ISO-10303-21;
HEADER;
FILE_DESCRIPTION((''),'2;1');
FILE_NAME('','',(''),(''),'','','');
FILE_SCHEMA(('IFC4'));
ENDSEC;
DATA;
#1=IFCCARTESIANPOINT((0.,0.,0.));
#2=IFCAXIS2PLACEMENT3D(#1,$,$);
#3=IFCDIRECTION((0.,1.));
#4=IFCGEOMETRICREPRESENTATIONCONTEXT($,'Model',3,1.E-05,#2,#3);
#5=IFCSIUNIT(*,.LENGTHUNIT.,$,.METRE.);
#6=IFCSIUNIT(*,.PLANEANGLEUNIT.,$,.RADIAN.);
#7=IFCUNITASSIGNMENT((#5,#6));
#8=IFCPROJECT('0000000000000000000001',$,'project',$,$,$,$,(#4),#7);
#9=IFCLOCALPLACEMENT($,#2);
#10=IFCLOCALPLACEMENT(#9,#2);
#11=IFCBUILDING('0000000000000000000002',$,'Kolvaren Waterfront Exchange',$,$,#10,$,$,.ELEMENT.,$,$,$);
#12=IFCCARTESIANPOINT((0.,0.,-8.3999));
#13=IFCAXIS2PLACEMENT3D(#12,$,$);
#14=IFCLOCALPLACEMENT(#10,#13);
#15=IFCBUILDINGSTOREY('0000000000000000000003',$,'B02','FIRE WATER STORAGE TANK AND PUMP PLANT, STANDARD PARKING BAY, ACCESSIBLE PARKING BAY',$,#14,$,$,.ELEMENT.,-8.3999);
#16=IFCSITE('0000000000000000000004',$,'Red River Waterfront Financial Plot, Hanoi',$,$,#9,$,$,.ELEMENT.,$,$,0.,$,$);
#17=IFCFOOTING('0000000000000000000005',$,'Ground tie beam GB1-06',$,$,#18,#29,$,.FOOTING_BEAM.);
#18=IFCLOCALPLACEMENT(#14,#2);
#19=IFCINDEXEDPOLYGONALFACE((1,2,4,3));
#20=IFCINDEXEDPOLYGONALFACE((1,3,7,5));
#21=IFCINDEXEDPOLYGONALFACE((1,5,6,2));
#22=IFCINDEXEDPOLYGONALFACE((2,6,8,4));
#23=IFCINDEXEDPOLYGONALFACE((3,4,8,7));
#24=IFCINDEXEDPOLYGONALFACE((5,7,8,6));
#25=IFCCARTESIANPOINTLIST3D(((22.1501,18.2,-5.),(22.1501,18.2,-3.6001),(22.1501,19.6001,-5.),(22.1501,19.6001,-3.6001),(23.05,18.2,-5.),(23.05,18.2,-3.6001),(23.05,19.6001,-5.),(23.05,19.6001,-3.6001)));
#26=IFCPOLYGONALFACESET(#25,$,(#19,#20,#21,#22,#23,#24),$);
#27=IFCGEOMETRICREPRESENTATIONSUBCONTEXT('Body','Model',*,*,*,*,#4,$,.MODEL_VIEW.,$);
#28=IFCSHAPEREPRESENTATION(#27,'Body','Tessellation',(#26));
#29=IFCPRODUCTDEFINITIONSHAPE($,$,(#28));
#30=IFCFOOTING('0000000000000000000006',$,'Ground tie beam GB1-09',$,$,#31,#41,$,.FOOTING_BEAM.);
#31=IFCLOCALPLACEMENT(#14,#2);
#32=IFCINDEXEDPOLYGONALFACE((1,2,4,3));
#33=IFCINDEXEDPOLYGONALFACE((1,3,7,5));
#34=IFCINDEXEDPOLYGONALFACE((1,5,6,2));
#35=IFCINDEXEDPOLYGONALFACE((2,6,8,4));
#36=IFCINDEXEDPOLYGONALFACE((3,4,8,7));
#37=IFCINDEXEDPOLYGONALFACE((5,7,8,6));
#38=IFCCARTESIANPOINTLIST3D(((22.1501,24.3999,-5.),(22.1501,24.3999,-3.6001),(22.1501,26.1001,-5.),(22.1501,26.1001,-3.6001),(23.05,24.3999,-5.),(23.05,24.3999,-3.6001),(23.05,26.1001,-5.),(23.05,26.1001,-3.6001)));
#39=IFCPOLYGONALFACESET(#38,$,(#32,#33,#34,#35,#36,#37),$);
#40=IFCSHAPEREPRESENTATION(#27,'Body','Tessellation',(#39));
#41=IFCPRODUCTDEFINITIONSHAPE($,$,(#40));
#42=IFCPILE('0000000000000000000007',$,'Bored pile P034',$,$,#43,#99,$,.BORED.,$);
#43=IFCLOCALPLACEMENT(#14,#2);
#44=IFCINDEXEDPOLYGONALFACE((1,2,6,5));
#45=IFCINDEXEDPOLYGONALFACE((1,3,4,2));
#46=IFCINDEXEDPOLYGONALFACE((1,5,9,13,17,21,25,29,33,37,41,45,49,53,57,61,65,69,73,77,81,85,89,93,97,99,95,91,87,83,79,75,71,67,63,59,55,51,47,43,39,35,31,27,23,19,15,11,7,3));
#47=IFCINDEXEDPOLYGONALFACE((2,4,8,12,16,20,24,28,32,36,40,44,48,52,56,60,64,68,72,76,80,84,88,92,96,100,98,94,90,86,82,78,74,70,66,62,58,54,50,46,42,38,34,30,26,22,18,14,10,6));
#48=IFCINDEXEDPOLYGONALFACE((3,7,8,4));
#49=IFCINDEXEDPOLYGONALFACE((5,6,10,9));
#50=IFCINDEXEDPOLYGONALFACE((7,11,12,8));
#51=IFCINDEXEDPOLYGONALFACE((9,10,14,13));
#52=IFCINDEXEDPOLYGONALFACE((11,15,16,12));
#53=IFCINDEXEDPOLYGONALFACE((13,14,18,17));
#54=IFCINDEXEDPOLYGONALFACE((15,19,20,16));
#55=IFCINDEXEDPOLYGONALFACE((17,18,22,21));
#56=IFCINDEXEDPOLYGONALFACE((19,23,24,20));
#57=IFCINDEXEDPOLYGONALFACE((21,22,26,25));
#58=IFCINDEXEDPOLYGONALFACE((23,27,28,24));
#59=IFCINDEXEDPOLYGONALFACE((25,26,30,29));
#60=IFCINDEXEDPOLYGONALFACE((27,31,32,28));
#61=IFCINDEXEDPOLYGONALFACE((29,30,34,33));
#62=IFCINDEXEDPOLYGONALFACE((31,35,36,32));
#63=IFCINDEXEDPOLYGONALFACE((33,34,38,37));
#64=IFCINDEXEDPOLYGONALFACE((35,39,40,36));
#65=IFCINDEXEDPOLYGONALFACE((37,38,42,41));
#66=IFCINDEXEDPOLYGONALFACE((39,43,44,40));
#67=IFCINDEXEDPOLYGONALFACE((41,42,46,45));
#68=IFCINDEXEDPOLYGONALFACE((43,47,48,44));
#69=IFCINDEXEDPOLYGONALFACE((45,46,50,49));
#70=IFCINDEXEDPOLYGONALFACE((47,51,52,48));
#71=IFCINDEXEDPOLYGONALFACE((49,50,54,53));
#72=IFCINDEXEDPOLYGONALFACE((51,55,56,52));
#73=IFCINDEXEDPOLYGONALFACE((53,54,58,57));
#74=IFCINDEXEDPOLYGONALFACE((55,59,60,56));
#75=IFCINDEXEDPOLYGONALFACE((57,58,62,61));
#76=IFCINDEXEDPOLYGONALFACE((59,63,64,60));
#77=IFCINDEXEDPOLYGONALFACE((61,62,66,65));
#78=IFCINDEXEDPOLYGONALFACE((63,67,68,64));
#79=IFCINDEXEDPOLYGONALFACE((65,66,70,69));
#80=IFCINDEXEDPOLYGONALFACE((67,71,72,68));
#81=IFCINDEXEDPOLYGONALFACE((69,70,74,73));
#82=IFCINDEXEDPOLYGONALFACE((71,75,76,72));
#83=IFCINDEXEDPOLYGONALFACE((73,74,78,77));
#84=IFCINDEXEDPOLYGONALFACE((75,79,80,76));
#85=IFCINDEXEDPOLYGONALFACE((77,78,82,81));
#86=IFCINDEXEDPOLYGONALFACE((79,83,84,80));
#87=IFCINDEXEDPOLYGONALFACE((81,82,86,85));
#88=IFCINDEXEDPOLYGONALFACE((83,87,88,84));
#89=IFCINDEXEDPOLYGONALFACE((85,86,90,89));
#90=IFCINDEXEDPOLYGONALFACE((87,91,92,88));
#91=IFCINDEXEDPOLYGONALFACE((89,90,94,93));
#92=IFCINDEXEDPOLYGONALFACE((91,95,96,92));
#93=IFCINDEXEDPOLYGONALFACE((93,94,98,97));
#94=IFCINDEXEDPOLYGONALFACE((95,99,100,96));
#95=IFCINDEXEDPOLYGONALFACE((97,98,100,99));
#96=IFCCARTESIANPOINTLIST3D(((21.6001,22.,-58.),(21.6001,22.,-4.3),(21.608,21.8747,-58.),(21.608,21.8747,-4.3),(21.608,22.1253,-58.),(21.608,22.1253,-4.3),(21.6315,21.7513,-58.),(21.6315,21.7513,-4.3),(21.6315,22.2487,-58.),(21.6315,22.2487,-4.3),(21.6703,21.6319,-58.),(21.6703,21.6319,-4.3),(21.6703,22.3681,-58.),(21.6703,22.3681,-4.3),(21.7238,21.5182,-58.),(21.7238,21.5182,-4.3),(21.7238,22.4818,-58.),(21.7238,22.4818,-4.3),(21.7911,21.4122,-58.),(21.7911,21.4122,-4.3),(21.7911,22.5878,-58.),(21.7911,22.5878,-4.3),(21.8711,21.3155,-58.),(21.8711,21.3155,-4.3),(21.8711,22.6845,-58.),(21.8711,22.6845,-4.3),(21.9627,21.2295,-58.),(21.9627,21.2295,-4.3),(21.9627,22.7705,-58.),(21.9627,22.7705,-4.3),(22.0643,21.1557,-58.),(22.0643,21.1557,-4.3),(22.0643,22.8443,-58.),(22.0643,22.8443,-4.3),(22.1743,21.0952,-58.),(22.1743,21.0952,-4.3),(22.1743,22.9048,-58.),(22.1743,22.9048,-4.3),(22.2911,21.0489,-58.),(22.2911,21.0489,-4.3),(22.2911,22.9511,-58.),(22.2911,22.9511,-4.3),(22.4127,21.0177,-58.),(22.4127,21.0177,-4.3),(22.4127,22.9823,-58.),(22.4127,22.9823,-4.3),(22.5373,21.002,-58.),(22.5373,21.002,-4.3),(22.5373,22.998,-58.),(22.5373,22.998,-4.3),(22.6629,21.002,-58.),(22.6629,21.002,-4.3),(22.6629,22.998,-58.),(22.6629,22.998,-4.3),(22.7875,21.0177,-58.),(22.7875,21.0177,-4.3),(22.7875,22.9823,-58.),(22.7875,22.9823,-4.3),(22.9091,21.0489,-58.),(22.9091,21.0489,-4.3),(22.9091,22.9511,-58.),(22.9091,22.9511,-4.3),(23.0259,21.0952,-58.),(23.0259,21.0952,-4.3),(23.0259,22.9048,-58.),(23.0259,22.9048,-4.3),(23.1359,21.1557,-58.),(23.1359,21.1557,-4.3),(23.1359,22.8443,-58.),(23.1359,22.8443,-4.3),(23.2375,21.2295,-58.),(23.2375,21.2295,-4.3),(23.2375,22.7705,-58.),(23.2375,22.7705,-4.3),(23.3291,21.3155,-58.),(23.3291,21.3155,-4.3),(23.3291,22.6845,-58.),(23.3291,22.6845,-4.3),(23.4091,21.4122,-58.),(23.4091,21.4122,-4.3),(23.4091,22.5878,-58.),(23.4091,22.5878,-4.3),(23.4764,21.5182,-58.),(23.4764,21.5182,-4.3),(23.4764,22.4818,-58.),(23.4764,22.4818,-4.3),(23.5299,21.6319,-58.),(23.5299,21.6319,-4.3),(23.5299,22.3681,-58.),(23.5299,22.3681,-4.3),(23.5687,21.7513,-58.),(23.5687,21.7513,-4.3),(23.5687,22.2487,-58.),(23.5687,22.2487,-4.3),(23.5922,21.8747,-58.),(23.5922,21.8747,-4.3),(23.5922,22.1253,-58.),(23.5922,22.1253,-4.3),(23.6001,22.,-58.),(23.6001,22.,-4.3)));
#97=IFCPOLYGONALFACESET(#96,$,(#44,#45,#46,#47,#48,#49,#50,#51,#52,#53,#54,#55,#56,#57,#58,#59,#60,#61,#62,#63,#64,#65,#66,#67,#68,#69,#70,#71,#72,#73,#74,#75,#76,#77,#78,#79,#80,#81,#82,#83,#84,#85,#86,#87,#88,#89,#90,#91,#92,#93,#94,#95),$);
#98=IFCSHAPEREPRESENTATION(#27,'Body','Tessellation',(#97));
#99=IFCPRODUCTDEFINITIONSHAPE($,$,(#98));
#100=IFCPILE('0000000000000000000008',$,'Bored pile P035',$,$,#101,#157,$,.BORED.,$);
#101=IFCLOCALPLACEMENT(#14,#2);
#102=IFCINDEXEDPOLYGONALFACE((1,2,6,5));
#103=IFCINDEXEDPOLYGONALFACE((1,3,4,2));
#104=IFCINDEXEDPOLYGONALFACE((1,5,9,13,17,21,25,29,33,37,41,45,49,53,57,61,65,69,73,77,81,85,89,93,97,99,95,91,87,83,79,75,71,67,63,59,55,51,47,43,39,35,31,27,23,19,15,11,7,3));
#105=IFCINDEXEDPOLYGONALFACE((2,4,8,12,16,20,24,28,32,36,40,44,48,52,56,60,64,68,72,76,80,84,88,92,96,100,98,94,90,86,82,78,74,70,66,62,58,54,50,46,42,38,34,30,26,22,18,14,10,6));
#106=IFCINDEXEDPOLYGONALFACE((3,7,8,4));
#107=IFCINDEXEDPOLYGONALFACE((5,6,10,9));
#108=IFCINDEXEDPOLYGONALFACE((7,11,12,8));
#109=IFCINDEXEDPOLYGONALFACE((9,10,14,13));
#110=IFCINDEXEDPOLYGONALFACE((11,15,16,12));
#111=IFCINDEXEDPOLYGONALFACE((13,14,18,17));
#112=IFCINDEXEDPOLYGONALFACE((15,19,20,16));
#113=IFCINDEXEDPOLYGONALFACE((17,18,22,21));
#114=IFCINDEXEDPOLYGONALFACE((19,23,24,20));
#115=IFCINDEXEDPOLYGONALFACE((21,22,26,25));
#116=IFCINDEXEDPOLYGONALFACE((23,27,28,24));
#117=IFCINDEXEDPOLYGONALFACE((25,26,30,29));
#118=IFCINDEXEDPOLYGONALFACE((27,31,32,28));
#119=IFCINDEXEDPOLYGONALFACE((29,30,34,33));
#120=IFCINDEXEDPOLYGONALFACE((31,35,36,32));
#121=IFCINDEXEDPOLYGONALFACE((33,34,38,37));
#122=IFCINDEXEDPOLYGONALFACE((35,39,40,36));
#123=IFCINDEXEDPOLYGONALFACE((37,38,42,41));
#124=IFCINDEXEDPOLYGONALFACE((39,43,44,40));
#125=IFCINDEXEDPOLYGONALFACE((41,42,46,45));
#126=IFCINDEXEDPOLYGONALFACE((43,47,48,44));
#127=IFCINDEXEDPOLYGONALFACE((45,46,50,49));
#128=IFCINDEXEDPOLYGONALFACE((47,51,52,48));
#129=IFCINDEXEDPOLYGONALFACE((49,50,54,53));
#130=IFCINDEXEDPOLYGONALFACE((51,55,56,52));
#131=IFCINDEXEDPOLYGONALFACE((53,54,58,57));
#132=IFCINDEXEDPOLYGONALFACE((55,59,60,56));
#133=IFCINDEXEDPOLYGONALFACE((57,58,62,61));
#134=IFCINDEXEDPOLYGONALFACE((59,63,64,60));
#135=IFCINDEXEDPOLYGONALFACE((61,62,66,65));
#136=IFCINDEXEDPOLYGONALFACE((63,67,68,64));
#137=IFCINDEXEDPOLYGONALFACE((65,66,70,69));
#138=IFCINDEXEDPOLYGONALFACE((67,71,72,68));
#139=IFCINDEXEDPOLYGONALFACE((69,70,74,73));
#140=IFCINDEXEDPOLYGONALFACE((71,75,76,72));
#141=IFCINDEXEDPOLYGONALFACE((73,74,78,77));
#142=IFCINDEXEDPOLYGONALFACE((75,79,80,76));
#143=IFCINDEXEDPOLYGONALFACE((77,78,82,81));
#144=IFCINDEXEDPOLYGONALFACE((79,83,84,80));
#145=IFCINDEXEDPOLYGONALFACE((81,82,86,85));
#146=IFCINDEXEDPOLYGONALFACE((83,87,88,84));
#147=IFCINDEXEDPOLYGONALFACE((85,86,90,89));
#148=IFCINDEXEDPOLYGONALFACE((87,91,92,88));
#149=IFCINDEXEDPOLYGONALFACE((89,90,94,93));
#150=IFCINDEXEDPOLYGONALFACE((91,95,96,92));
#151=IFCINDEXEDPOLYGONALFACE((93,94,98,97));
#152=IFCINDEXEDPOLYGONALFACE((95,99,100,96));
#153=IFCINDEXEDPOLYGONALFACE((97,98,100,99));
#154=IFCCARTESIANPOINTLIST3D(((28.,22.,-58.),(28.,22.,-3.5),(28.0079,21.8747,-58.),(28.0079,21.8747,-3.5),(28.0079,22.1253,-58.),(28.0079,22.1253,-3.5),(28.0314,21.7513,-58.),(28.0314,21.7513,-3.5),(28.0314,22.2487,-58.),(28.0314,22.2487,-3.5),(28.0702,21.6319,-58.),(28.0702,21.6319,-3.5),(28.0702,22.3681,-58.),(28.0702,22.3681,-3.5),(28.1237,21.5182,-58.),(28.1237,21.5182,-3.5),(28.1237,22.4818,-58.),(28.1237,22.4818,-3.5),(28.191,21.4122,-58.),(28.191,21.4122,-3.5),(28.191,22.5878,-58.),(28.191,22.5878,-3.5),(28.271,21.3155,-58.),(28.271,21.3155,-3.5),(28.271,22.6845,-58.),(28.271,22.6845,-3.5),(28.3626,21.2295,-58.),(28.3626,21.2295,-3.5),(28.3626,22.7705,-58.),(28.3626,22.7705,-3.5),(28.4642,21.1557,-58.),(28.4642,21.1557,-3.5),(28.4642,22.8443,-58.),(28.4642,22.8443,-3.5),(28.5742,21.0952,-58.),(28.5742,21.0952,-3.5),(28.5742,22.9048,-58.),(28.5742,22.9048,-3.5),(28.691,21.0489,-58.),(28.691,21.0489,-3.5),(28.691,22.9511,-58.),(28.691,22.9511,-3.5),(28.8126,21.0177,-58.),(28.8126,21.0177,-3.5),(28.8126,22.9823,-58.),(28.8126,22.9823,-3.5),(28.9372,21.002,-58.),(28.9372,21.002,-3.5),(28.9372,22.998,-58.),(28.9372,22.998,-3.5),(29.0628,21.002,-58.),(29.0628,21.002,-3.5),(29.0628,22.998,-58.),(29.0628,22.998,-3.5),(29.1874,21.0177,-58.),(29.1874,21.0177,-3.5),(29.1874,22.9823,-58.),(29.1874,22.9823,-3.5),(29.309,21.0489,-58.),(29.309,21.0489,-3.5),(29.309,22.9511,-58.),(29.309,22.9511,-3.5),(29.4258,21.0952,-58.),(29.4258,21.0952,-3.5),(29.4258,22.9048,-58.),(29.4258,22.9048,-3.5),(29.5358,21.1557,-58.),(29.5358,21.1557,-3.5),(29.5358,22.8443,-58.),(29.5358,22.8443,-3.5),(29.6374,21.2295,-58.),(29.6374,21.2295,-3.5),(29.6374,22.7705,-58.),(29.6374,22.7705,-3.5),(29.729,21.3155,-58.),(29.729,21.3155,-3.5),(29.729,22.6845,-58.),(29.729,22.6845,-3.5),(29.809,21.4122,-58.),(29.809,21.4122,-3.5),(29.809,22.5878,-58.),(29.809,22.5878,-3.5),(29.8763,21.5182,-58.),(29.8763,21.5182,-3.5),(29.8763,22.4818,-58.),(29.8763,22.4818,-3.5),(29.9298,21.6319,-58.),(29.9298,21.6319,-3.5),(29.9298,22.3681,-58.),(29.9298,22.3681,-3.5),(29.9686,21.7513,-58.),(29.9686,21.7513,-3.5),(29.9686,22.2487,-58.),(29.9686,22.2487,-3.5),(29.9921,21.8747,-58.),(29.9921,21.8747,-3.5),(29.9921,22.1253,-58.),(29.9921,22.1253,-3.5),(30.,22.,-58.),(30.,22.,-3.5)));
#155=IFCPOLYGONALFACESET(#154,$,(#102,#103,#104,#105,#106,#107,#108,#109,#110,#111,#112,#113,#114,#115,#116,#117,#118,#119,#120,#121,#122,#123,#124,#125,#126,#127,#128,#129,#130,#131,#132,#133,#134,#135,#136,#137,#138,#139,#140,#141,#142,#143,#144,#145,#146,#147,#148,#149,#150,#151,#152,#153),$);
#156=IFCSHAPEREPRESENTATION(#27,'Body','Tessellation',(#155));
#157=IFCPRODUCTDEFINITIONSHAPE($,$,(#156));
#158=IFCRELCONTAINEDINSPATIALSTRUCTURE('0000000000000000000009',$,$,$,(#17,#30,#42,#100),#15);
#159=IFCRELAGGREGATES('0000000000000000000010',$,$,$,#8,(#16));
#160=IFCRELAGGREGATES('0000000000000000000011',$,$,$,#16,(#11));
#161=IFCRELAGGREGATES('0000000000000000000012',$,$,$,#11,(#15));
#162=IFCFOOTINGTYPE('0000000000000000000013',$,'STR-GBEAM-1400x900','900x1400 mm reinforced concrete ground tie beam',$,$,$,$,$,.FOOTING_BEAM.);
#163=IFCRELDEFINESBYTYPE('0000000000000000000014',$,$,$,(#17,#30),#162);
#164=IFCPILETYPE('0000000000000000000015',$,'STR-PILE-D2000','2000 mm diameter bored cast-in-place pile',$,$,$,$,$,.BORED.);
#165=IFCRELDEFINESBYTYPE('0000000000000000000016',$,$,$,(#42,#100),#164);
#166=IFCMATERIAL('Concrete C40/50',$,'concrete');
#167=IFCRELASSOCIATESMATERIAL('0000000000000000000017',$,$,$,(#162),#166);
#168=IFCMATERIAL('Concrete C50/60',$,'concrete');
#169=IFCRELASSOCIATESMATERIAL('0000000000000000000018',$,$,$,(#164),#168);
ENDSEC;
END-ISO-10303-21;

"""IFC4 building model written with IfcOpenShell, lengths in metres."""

from ifc_helpers import new_model, si_unit, direction, frame, origin, origin_2d, place, context, subcontext, project, spatial, rectangle, circle, extrude, material, material_profile, profile_set, type_object, element, save


model = new_model("IFC4")

# Units and contexts
model_context = context("Model", 3, precision=1e-05, world=origin(), true_north=direction((0.0, 1.0)))
body_context = subcontext(model_context, "Body", "Model", "MODEL_VIEW")
ifc_project = project(units=[si_unit("LENGTHUNIT", "METRE"), si_unit("PLANEANGLEUNIT", "RADIAN")], contexts=[model_context])

# Site, building, storey
site_placement = place(None, origin())
site = spatial("IfcSite", under=ifc_project, at=site_placement, Name="Red River Waterfront Financial Plot, Hanoi", CompositionType="ELEMENT", RefElevation=0.0)
building_placement = place(site_placement, origin())
building = spatial("IfcBuilding", under=site, at=building_placement, Name="Kolvaren Waterfront Exchange", CompositionType="ELEMENT")
storey_placement = place(building_placement, frame((0.0, 0.0, -8.3999)))
storey = spatial("IfcBuildingStorey", under=building, at=storey_placement, Name="B02", Description="FIRE WATER STORAGE TANK AND PUMP PLANT, STANDARD PARKING BAY, ACCESSIBLE PARKING BAY", CompositionType="ELEMENT", Elevation=-8.3999)

# Footings
ifc_material_1 = material(Name="Concrete C40/50", Category="concrete")
ifc_material_profile_1 = material_profile(ifc_material_1, rectangle(XDim=0.8999, YDim=1.3999, at=origin_2d()), Name="RC-GB-1400x900")
ifc_profile_set_1 = profile_set([ifc_material_profile_1], Name="Concrete C40/50")
footing_type = type_object("IfcFootingType", Name="STR-GBEAM-1400x900", Description="900x1400 mm reinforced concrete ground tie beam", PredefinedType="FOOTING_BEAM", material=ifc_profile_set_1)
footing_1_placement = place(storey_placement, frame((22.6001, 18.2, -4.3), z_axis=(0.0, 1.0, 0.0), x_axis=(-1.0, 0.0, 0.0)))
element("IfcFooting", 1, at=footing_1_placement, inside=storey, type_object=footing_type, Name="Ground tie beam GB1-06", PredefinedType="FOOTING_BEAM", context=body_context, shape_type="SweptSolid", body=[
    extrude(rectangle(XDim=0.8999, YDim=1.3999, at=origin_2d()), origin(), (0.0, 0.0, 1.0), 1.4001),
])
footing_2_placement = place(storey_placement, frame((22.6001, 24.3999, -4.3), z_axis=(0.0, 1.0, 0.0), x_axis=(-1.0, 0.0, 0.0)))
element("IfcFooting", 2, at=footing_2_placement, inside=storey, type_object=footing_type, Name="Ground tie beam GB1-09", PredefinedType="FOOTING_BEAM", context=body_context, shape_type="SweptSolid", body=[
    extrude(rectangle(XDim=0.8999, YDim=1.3999, at=origin_2d()), origin(), (0.0, 0.0, 1.0), 1.7002),
])

# Piles
ifc_material_2 = material(Name="Concrete C50/60", Category="concrete")
ifc_material_profile_2 = material_profile(ifc_material_2, circle(Radius=1.0, at=origin_2d()), Name="RC-PILE-D2000")
ifc_profile_set_2 = profile_set([ifc_material_profile_2], Name="Concrete C50/60")
pile_type = type_object("IfcPileType", Name="STR-PILE-D2000", Description="2000 mm diameter bored cast-in-place pile", PredefinedType="BORED", material=ifc_profile_set_2)
pile_1_placement = place(storey_placement, frame((22.6001, 22.0, -4.3), z_axis=(0.0, 0.0, -1.0), x_axis=(1.0, 0.0, 0.0)))
element("IfcPile", 3, at=pile_1_placement, inside=storey, type_object=pile_type, Name="Bored pile P034", PredefinedType="BORED", context=body_context, shape_type="SweptSolid", body=[
    extrude(circle(Radius=1.0, at=origin_2d()), origin(), (0.0, 0.0, 1.0), 53.7),
])
for number, where, z_axis, x_axis, name in (
    (4, (29.0, 22.0, -3.5), (0.0, 0.0, -1.0), (1.0, 0.0, 0.0), "Bored pile P035"),
):
    element("IfcPile", number, at=place(storey_placement, frame(where, z_axis=z_axis, x_axis=x_axis)), inside=storey, type_object=pile_type, Name=name, PredefinedType="BORED", context=body_context, shape_type="SweptSolid", body=[
        extrude(circle(Radius=1.0, at=origin_2d()), origin(), (0.0, 0.0, 1.0), 54.5),
    ])

save(model, "model.ifc")
